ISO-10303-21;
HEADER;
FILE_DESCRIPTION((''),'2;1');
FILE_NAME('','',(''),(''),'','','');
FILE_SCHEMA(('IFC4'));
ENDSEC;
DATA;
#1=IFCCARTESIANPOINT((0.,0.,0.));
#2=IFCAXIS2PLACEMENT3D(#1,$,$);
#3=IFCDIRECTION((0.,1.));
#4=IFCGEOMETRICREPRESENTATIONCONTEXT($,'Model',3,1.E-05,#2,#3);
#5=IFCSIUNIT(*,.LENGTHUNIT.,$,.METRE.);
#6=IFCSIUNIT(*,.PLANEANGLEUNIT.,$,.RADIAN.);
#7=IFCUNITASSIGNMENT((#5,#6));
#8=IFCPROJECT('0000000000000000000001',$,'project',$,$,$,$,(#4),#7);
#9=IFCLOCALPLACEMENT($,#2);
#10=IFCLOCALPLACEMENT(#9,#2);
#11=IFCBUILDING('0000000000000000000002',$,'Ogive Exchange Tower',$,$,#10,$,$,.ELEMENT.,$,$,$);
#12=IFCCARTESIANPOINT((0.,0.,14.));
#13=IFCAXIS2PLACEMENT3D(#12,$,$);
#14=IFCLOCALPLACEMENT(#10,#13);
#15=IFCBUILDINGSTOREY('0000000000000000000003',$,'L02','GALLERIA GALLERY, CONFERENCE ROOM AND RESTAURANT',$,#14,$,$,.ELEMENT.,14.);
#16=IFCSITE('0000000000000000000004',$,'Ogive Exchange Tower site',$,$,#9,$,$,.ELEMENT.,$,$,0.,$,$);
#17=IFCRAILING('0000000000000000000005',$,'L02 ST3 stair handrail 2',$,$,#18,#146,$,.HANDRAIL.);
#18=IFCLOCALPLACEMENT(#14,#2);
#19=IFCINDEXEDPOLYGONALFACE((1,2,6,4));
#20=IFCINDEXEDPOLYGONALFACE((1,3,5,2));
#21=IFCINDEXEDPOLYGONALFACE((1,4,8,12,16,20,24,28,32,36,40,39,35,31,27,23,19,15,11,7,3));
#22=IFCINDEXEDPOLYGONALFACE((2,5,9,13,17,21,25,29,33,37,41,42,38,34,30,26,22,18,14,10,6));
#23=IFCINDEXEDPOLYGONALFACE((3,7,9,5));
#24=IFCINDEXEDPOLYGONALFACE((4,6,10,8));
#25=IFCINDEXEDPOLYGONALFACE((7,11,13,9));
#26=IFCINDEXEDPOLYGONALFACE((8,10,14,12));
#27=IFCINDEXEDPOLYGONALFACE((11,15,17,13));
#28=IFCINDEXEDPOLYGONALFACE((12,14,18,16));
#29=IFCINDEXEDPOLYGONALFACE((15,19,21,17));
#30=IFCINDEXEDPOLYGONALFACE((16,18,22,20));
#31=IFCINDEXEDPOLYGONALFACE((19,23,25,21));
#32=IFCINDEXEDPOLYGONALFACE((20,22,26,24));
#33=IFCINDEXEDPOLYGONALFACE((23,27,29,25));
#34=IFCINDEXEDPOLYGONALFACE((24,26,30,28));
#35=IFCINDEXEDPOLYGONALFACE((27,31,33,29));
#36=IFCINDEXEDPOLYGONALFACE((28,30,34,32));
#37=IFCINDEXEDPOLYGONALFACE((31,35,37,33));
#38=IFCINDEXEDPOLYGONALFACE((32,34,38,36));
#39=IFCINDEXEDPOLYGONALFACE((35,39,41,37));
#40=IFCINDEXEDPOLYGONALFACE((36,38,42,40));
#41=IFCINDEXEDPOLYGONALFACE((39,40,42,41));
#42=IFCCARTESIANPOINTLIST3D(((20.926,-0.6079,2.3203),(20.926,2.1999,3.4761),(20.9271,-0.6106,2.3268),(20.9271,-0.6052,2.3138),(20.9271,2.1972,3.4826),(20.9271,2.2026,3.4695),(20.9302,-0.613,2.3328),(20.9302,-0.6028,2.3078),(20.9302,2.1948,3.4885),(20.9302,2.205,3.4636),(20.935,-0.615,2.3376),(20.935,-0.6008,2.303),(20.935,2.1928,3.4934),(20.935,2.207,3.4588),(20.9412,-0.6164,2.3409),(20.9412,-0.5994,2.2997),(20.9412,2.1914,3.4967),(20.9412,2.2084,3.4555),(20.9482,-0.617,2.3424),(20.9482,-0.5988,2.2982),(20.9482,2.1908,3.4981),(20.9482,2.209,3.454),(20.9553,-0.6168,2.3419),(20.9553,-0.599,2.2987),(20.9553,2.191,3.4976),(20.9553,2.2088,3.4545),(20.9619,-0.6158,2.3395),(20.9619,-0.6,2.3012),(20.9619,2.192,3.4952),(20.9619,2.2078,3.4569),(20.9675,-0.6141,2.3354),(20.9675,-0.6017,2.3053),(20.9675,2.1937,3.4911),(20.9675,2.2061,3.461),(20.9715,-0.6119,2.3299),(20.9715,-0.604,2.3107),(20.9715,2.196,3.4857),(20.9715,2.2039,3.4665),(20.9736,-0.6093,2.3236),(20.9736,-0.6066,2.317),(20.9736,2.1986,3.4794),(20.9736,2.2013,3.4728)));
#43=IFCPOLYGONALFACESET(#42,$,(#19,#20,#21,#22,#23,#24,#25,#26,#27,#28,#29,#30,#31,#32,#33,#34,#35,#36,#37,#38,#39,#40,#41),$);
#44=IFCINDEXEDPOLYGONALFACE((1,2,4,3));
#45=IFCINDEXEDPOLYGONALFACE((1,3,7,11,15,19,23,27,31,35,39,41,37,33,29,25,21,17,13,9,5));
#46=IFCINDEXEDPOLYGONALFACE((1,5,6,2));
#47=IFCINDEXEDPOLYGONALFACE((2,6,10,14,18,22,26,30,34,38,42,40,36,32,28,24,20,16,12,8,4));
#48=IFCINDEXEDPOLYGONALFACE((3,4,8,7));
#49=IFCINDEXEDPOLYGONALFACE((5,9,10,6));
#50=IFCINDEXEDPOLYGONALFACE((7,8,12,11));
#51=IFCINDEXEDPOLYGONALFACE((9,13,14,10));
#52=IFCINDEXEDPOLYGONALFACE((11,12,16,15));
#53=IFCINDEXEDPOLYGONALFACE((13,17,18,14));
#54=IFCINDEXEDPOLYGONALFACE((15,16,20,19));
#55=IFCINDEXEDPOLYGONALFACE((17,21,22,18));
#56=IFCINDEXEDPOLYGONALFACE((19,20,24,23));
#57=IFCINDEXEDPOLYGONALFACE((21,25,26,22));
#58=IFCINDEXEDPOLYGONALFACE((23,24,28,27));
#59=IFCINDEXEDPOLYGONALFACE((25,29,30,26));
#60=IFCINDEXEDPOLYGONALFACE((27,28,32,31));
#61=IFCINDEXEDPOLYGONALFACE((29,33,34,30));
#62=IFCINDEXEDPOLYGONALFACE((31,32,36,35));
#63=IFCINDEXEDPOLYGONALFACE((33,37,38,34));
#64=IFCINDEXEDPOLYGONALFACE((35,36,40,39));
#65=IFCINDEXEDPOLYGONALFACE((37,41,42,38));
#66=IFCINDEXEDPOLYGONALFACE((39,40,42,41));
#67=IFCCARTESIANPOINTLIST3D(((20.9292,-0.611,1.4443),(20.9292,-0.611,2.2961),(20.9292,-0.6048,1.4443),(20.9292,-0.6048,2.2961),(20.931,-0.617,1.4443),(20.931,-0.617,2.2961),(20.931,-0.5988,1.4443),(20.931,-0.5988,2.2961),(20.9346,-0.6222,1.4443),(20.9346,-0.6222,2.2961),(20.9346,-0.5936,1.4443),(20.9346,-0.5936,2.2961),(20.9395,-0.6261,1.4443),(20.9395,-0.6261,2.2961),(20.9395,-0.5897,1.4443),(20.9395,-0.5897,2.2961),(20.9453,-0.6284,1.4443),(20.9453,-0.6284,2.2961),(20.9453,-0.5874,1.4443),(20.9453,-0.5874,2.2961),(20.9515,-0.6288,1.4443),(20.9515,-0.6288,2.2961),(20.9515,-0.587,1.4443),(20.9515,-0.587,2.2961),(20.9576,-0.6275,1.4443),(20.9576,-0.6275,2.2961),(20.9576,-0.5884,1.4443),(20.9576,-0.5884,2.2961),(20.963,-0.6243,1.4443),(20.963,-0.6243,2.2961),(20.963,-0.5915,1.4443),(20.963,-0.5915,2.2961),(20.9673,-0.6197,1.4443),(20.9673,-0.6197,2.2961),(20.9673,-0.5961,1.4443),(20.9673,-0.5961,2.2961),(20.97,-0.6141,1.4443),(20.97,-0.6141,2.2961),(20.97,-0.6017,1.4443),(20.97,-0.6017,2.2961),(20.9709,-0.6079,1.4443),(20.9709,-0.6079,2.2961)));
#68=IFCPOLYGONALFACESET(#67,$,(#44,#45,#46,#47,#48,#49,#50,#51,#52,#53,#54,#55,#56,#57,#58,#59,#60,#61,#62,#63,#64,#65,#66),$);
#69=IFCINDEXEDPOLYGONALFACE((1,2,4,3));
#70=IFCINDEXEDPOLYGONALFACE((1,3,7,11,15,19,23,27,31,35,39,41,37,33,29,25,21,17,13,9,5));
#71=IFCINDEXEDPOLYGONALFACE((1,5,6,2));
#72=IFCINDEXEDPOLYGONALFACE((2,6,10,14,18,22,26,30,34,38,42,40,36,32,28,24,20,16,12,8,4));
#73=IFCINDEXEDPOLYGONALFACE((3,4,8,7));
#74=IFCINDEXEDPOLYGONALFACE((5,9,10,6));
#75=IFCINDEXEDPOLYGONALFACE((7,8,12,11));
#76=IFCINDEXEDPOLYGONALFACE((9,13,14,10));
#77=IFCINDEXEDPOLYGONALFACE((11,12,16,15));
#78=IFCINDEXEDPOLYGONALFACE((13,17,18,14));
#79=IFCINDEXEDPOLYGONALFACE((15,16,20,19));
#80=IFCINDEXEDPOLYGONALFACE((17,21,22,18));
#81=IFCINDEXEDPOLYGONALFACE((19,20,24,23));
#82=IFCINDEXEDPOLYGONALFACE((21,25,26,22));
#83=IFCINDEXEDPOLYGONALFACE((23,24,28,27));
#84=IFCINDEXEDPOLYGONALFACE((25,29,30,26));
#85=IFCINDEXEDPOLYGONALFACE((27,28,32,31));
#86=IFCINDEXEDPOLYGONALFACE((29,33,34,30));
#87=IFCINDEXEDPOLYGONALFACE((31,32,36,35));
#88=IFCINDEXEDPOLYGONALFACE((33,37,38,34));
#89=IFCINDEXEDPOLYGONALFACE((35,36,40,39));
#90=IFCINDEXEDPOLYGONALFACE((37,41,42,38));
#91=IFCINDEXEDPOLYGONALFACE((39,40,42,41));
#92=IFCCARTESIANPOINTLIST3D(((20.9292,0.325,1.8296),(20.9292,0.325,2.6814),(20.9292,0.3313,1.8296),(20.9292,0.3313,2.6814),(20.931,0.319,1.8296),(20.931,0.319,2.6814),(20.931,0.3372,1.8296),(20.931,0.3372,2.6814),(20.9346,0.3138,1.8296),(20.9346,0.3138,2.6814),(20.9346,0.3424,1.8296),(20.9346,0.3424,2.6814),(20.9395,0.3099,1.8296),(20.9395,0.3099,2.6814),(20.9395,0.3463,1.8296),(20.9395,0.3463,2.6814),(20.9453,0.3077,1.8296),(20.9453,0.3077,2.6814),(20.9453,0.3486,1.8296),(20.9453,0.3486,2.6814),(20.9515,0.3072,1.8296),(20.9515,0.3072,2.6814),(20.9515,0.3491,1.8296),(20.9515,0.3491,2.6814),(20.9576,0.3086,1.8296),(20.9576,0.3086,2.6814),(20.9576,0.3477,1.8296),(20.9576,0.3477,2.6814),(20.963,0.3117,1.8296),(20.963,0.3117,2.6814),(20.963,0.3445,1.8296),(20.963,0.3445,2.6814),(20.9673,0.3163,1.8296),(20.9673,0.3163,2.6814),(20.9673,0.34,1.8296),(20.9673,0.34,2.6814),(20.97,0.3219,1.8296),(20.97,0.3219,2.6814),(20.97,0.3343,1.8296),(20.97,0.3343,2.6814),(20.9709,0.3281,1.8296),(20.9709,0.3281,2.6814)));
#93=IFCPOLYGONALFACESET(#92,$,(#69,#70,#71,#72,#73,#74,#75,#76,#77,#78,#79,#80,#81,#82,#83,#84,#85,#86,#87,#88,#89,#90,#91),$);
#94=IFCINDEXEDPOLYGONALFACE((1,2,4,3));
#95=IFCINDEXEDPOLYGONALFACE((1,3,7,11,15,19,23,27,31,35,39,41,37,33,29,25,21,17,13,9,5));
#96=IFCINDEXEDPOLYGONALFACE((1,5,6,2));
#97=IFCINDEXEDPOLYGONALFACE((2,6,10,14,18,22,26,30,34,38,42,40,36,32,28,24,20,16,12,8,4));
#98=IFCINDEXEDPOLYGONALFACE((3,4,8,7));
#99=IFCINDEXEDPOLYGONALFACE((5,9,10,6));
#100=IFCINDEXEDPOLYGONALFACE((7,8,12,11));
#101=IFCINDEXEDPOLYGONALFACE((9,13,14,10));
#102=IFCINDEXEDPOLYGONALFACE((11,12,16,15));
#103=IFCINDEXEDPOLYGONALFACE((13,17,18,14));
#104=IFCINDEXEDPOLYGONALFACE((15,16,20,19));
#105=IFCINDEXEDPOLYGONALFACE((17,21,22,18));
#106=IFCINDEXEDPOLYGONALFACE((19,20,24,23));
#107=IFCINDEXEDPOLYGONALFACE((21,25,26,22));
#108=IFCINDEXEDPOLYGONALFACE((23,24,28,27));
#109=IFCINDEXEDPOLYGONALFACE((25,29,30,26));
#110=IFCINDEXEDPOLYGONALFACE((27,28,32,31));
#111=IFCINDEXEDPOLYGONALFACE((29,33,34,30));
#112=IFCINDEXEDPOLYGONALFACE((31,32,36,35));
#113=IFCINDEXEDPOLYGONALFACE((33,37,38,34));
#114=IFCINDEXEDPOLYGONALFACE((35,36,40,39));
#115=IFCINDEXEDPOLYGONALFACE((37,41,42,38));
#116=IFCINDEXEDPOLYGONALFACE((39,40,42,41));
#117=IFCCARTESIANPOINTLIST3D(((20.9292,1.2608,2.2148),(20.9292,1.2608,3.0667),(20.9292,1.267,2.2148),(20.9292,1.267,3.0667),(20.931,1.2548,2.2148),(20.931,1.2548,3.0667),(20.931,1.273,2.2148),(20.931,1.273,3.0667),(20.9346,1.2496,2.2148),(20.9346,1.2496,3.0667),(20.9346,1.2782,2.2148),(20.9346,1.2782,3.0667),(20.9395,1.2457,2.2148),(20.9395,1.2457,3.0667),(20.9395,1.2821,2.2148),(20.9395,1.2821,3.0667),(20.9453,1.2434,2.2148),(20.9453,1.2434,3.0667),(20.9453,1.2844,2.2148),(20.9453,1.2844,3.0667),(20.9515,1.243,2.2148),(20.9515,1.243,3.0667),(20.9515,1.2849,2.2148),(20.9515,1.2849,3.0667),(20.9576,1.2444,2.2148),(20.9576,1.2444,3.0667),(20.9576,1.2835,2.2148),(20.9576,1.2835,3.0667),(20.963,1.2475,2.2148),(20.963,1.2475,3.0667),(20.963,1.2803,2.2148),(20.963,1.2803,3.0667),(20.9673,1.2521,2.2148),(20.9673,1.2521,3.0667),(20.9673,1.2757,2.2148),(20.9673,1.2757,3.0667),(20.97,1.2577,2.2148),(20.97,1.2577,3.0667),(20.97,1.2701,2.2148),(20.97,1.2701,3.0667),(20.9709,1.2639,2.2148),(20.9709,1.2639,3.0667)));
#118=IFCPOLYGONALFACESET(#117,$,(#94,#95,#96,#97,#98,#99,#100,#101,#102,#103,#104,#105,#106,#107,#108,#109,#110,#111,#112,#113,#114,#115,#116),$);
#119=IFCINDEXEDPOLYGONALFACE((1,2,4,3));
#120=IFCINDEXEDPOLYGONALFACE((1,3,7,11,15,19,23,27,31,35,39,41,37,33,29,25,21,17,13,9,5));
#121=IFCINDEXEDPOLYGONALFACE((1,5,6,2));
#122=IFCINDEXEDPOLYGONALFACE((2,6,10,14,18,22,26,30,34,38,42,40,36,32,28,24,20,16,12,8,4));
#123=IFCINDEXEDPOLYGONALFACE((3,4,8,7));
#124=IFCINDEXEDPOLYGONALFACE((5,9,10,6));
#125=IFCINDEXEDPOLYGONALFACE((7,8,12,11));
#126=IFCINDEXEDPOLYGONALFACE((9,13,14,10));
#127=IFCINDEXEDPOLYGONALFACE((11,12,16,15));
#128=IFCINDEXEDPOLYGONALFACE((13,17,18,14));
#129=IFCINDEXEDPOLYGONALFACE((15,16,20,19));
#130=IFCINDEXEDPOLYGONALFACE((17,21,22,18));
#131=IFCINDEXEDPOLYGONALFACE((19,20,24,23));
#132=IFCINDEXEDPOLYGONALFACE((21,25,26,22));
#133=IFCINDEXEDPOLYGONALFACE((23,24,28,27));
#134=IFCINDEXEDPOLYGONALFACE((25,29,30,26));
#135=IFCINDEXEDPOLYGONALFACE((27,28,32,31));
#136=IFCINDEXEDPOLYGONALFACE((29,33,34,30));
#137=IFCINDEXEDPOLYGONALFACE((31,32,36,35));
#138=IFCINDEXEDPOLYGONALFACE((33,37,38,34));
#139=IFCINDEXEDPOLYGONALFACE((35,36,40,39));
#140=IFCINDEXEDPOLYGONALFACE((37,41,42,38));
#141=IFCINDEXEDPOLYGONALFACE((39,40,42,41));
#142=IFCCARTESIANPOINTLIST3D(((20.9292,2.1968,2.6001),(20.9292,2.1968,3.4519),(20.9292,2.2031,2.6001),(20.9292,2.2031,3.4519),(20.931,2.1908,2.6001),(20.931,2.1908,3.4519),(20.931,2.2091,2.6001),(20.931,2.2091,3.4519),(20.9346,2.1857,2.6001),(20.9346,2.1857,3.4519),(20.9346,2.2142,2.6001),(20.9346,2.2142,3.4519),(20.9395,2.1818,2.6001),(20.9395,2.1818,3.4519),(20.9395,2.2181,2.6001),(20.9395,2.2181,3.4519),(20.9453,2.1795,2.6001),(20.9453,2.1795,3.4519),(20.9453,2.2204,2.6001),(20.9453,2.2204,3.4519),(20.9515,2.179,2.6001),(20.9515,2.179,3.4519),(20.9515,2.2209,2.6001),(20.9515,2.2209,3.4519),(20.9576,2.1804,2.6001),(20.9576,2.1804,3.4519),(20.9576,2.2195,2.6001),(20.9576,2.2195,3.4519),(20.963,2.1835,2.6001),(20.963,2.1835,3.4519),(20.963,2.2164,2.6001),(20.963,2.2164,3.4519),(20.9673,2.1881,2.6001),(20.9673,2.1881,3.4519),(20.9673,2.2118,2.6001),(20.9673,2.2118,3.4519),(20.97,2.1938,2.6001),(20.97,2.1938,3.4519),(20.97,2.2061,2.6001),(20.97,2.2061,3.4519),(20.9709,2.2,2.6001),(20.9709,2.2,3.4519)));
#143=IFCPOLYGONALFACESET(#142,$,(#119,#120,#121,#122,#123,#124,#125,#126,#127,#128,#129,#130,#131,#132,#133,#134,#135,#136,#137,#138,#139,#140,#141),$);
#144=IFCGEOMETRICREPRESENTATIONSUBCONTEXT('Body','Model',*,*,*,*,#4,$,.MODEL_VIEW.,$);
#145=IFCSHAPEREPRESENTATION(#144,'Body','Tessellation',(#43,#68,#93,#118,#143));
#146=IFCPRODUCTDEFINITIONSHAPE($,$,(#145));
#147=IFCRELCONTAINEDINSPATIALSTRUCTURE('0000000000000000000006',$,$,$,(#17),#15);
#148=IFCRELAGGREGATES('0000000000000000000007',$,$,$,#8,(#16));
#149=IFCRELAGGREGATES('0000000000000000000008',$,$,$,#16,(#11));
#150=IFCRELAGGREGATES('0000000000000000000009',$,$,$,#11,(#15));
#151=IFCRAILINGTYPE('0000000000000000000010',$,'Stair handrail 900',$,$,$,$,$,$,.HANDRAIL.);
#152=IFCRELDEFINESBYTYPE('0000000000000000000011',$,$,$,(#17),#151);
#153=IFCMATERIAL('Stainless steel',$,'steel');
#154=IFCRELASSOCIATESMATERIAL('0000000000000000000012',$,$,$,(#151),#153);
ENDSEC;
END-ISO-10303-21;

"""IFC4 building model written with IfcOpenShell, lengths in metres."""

from ifc_helpers import new_model, si_unit, direction, frame, origin, origin_2d, place, context, subcontext, project, spatial, circle, extrude, material, type_object, element, save


model = new_model("IFC4")

# Units and contexts
model_context = context("Model", 3, precision=1e-05, world=origin(), true_north=direction((0.0, 1.0)))
body_context = subcontext(model_context, "Body", "Model", "MODEL_VIEW")
ifc_project = project(units=[si_unit("LENGTHUNIT", "METRE"), si_unit("PLANEANGLEUNIT", "RADIAN")], contexts=[model_context])

# Site, building, storey
site_placement = place(None, origin())
site = spatial("IfcSite", under=ifc_project, at=site_placement, Name="Ogive Exchange Tower site", CompositionType="ELEMENT", RefElevation=0.0)
building_placement = place(site_placement, origin())
building = spatial("IfcBuilding", under=site, at=building_placement, Name="Ogive Exchange Tower", CompositionType="ELEMENT")
storey_placement = place(building_placement, frame((0.0, 0.0, 14.0)))
storey = spatial("IfcBuildingStorey", under=building, at=storey_placement, Name="L02", Description="GALLERIA GALLERY, CONFERENCE ROOM AND RESTAURANT", CompositionType="ELEMENT", Elevation=14.0)

# Shared definitions
ifc_material_1 = material(Name="Stainless steel", Category="steel")

# Railing
railing_type = type_object("IfcRailingType", Name="Stair handrail 900", PredefinedType="HANDRAIL", material=ifc_material_1)
railing_1_placement = place(storey_placement, frame((20.95, -0.6079, 1.4443)))
element("IfcRailing", 1, at=railing_1_placement, inside=storey, type_object=railing_type, Name="L02 ST3 stair handrail 2", PredefinedType="HANDRAIL", context=body_context, shape_type="SweptSolid", body=[
    extrude(circle(Radius=0.0239, at=origin_2d()), frame((0.0, 0.0, 0.876), z_axis=(0.0, 0.924726, 0.380633), x_axis=(-1.0, 0.0, 0.0)), (0.0, 0.0, 1.0), 3.0364),
    extrude(circle(Radius=0.021, at=origin_2d()), origin(), (0.0, 0.0, 1.0), 0.8518),
    extrude(circle(Radius=0.021, at=origin_2d()), frame((0.0, 0.936, 0.3853)), (0.0, 0.0, 1.0), 0.8518),
    extrude(circle(Radius=0.021, at=origin_2d()), frame((0.0, 1.8718, 0.7705)), (0.0, 0.0, 1.0), 0.8518),
    extrude(circle(Radius=0.021, at=origin_2d()), frame((0.0, 2.8079, 1.1558)), (0.0, 0.0, 1.0), 0.8518),
])

save(model, "model.ifc")
